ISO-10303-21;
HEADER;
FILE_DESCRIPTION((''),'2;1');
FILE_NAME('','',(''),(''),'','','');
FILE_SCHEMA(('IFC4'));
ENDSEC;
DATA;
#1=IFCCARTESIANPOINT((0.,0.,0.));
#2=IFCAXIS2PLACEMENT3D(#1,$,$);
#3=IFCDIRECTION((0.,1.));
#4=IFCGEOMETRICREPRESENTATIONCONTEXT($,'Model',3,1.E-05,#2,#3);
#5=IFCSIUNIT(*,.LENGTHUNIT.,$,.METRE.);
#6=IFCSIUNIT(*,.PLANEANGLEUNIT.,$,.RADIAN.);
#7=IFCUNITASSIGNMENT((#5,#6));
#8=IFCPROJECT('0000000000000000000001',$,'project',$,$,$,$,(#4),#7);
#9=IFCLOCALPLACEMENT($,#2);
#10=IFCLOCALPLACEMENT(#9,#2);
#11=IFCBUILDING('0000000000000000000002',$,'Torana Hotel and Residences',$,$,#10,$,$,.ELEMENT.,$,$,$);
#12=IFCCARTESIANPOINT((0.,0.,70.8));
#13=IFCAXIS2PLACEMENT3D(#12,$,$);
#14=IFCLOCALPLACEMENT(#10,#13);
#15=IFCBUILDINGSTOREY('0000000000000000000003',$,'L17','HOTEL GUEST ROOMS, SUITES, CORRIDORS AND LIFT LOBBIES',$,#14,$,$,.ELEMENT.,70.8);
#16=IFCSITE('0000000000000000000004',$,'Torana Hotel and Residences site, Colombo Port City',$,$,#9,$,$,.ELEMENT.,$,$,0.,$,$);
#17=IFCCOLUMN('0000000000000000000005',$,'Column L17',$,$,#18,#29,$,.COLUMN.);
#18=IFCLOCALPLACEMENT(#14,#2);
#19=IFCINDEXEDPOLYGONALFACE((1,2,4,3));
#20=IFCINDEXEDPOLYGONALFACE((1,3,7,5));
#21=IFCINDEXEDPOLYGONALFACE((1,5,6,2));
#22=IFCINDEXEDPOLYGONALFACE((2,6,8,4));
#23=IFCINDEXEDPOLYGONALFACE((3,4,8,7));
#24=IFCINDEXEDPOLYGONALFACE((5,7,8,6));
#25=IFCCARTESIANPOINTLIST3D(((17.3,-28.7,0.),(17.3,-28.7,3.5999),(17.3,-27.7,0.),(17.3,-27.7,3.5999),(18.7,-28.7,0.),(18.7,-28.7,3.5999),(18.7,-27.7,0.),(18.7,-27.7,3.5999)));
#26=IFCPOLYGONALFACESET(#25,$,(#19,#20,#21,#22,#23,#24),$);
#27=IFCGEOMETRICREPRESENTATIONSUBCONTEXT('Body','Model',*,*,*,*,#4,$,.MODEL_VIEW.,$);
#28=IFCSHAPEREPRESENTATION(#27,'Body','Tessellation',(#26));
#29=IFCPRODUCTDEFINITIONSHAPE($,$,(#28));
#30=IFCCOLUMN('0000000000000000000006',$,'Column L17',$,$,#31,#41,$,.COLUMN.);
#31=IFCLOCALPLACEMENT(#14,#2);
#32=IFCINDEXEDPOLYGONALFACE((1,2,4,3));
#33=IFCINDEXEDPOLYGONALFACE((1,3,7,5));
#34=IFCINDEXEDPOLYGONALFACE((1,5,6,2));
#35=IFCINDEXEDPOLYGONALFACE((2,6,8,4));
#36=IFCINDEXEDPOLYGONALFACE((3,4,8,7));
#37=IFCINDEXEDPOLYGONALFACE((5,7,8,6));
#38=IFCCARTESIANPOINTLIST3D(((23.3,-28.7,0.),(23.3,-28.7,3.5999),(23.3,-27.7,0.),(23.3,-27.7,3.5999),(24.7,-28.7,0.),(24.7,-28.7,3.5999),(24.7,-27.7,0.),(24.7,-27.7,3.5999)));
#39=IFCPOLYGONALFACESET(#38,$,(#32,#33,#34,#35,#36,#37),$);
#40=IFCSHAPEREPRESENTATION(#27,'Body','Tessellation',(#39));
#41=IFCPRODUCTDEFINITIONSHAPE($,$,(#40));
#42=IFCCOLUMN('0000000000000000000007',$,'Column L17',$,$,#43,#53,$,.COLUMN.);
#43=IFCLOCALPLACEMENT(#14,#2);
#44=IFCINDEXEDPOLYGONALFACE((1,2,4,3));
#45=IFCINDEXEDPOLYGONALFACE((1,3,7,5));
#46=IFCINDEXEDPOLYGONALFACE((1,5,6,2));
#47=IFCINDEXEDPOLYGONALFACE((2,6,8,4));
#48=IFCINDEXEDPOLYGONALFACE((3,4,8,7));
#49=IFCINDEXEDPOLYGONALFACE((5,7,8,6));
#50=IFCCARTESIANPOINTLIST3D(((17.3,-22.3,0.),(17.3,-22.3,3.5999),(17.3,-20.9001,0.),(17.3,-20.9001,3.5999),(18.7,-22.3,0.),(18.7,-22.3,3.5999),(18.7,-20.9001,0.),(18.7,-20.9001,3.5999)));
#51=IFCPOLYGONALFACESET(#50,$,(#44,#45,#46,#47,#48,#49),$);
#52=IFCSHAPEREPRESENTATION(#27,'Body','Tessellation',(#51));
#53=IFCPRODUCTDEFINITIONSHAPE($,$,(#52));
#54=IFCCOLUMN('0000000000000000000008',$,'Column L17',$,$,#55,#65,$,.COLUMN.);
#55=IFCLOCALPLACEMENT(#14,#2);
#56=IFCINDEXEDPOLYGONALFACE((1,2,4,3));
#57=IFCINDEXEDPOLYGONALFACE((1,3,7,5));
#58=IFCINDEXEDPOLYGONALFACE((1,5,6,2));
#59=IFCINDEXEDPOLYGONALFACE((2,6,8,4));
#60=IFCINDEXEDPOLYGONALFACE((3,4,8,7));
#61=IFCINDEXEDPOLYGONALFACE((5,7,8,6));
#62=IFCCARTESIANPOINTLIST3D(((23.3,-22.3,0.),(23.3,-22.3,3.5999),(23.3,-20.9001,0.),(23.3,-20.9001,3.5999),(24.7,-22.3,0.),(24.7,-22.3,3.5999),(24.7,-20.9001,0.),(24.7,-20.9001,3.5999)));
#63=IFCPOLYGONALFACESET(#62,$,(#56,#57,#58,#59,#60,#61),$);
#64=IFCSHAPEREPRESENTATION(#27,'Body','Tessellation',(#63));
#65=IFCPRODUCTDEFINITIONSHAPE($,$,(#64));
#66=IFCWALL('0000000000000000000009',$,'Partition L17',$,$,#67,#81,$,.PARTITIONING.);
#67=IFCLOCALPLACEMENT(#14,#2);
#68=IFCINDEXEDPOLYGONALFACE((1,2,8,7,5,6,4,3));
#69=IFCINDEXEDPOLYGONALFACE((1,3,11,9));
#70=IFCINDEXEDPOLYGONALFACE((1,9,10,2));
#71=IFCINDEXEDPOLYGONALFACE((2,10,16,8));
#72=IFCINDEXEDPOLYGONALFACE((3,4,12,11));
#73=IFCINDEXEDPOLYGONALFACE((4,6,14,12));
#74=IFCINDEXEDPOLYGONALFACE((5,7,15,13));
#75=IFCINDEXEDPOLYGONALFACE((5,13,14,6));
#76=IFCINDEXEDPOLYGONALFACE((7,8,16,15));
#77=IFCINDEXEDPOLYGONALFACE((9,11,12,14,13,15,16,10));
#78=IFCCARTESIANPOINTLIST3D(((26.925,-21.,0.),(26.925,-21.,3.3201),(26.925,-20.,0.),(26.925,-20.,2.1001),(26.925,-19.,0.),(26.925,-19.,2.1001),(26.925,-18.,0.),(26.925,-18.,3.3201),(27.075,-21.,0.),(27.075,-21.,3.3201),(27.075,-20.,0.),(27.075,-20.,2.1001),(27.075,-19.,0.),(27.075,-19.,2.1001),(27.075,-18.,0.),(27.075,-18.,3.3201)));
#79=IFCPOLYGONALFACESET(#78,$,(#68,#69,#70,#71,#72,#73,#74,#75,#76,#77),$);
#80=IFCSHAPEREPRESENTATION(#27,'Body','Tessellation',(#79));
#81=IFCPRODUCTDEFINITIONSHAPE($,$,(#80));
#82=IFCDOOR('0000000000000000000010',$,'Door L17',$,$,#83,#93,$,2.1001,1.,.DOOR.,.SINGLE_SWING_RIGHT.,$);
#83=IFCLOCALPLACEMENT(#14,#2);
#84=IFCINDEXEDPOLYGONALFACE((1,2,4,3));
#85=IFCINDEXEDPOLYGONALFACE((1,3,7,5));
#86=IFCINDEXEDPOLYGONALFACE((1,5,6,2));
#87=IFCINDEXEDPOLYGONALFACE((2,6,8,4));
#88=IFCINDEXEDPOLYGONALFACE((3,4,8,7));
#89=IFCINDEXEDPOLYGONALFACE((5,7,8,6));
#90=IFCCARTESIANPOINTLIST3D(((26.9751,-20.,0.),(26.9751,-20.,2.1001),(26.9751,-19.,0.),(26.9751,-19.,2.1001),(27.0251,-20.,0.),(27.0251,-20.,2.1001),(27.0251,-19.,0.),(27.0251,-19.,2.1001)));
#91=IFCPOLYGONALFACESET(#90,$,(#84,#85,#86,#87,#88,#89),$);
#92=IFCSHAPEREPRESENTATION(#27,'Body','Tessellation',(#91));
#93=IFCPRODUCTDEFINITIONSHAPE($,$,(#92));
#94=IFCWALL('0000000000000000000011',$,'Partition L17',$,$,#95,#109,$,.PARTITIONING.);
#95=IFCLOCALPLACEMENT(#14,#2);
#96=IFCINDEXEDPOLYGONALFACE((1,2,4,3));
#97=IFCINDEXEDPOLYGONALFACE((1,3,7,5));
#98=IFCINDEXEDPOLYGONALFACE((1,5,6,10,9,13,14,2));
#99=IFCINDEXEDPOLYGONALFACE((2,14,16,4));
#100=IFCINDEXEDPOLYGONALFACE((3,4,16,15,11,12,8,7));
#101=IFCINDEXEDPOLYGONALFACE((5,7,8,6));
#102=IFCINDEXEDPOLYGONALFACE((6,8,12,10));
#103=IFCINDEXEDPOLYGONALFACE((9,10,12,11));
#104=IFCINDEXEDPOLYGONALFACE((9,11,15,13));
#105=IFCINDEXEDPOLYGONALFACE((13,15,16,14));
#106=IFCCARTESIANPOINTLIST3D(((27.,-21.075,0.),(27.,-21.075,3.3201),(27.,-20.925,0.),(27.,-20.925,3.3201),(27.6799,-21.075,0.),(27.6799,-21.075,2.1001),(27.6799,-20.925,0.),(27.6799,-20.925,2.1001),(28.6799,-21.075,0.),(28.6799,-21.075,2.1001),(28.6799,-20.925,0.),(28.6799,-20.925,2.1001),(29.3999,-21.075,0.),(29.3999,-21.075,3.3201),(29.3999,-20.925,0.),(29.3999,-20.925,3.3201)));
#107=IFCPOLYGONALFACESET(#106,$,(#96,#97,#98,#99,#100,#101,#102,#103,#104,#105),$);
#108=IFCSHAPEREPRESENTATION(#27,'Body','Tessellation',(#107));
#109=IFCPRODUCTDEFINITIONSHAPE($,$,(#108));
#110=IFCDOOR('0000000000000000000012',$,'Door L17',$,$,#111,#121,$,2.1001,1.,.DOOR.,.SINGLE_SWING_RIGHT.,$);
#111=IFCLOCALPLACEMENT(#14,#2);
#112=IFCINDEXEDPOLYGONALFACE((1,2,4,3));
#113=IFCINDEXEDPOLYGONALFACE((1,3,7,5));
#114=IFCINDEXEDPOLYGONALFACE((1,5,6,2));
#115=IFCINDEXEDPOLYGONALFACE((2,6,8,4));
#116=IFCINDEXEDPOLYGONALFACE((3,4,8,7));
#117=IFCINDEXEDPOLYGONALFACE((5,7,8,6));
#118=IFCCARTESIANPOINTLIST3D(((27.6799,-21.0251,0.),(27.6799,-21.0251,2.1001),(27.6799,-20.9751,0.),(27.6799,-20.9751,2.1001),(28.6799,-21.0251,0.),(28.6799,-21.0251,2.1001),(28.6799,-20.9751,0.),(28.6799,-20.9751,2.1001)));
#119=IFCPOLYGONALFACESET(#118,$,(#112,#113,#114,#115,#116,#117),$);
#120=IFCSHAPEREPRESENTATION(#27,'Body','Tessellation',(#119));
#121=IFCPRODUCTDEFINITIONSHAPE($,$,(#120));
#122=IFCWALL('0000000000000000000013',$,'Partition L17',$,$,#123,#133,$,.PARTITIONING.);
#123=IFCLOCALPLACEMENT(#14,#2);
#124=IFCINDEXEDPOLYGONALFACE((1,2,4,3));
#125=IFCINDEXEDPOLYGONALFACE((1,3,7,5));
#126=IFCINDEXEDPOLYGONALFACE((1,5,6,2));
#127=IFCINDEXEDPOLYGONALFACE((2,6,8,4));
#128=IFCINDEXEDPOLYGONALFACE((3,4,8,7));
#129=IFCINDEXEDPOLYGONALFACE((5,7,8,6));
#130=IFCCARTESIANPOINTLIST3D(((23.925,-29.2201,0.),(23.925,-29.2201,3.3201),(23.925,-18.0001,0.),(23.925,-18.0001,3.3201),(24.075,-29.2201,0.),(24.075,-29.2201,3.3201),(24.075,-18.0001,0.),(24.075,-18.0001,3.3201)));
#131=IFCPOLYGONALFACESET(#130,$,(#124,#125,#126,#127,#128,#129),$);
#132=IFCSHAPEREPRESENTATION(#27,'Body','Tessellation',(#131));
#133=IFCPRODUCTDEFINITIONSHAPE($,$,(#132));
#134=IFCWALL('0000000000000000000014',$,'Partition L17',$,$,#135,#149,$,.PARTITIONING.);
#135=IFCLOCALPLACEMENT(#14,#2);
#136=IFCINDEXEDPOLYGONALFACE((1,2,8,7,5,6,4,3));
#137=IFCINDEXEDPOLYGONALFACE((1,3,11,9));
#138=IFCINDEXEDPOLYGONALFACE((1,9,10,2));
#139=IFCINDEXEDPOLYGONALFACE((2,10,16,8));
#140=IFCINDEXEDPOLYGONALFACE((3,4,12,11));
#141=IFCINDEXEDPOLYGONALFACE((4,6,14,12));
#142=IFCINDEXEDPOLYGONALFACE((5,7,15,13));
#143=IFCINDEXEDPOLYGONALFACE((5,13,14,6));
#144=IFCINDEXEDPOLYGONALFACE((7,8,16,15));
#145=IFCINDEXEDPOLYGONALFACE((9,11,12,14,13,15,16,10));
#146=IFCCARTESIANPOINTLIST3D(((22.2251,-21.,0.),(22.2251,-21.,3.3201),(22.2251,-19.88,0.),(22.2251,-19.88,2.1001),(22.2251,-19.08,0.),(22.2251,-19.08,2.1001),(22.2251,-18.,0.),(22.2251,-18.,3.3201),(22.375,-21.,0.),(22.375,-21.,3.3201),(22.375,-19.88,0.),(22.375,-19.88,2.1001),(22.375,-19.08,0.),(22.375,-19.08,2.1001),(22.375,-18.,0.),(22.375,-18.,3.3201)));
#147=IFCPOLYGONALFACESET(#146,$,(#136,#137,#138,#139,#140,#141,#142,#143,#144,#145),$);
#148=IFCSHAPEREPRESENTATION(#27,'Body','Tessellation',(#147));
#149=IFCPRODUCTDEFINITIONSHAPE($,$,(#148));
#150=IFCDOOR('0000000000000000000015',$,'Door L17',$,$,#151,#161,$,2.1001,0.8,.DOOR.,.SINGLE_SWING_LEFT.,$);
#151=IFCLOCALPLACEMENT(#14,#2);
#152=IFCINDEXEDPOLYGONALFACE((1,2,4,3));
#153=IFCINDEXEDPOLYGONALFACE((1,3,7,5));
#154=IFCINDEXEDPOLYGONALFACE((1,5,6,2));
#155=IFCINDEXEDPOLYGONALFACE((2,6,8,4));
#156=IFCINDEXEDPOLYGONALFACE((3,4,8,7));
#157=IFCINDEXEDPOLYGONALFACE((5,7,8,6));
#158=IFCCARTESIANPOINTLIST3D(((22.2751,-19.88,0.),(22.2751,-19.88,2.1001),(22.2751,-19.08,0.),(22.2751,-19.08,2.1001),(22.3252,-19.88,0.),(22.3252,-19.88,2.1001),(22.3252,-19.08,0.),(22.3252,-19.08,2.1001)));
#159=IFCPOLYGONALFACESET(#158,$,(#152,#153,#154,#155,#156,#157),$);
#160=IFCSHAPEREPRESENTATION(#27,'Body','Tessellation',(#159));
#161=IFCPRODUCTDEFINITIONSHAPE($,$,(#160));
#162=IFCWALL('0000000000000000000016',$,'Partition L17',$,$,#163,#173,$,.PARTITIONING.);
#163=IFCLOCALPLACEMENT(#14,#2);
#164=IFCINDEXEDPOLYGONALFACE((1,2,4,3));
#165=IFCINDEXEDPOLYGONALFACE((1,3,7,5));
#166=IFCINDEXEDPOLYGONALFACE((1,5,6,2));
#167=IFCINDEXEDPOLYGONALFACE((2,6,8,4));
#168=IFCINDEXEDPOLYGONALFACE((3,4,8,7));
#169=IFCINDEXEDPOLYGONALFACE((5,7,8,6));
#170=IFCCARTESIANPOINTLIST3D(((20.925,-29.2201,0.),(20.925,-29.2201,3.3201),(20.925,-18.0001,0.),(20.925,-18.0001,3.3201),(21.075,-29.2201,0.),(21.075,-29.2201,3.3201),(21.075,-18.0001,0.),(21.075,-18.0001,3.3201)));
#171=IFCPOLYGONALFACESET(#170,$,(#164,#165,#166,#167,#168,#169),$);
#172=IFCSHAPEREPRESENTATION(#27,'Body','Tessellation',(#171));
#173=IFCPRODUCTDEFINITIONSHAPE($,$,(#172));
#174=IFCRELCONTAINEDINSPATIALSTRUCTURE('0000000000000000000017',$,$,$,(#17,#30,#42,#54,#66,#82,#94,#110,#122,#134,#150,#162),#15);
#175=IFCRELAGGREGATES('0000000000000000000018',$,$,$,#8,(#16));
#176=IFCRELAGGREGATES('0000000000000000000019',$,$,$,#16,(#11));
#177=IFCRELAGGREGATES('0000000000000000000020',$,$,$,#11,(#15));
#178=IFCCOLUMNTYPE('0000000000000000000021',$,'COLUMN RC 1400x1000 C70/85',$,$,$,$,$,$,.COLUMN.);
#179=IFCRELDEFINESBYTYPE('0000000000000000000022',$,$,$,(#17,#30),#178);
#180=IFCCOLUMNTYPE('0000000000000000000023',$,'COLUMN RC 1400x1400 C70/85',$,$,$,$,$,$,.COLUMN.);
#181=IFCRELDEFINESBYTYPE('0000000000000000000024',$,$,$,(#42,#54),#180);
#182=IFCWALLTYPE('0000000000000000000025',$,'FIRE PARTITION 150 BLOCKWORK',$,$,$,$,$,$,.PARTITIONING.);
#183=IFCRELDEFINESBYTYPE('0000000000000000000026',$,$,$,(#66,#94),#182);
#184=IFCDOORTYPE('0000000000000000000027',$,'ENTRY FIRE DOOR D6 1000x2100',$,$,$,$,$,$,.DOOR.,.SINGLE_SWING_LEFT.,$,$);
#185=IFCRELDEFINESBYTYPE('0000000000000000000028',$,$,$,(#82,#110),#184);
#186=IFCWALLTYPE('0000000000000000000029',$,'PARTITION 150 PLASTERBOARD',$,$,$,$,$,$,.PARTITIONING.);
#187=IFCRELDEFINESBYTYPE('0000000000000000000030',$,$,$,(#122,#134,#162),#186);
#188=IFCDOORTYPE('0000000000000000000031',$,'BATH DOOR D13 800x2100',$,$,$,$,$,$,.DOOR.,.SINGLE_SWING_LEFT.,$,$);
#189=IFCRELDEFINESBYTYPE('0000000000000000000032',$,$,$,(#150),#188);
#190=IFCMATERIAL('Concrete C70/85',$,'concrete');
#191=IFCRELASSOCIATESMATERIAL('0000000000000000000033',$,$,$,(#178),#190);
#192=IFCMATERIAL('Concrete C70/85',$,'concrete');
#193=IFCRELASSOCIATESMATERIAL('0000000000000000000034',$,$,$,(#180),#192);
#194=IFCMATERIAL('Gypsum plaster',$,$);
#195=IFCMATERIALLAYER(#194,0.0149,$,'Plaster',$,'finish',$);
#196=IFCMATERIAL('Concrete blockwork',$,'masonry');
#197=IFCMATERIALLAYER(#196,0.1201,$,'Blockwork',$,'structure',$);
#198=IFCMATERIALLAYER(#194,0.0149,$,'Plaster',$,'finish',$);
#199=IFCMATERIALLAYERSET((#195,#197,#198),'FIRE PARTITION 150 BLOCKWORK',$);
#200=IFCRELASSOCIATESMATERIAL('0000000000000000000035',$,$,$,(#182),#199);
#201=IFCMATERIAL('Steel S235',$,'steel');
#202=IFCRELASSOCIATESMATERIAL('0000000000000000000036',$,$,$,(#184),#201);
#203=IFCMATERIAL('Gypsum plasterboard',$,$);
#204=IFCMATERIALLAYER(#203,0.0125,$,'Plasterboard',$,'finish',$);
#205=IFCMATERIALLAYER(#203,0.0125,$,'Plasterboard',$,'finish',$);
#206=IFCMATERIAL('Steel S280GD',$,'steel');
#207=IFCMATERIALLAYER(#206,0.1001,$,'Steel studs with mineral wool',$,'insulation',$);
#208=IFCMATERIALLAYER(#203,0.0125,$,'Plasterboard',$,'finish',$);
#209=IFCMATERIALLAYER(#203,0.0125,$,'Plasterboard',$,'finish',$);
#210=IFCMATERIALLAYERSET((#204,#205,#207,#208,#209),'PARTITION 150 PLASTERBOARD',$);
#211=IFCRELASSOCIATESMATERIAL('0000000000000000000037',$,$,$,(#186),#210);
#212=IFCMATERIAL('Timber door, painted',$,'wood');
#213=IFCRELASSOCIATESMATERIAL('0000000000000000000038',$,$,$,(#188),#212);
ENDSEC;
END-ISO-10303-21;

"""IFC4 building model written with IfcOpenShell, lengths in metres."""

from ifc_helpers import new_model, si_unit, direction, frame, frame_2d, origin, origin_2d, place, context, subcontext, project, spatial, rectangle, extrude, material, layer, layer_set, material_profile, profile_set, type_object, element, fill, save


model = new_model("IFC4")

# Units and contexts
model_context = context("Model", 3, precision=1e-05, world=origin(), true_north=direction((0.0, 1.0)))
body_context = subcontext(model_context, "Body", "Model", "MODEL_VIEW")
ifc_project = project(units=[si_unit("LENGTHUNIT", "METRE"), si_unit("PLANEANGLEUNIT", "RADIAN")], contexts=[model_context])

# Site, building, storey
site_placement = place(None, origin())
site = spatial("IfcSite", under=ifc_project, at=site_placement, Name="Torana Hotel and Residences site, Colombo Port City", CompositionType="ELEMENT", RefElevation=0.0)
building_placement = place(site_placement, origin())
building = spatial("IfcBuilding", under=site, at=building_placement, Name="Torana Hotel and Residences", CompositionType="ELEMENT")
storey_placement = place(building_placement, frame((0.0, 0.0, 70.8)))
storey = spatial("IfcBuildingStorey", under=building, at=storey_placement, Name="L17", Description="HOTEL GUEST ROOMS, SUITES, CORRIDORS AND LIFT LOBBIES", CompositionType="ELEMENT", Elevation=70.8)

# Columns
ifc_material_1 = material(Name="Concrete C70/85", Category="concrete")
ifc_material_profile_1 = material_profile(ifc_material_1, rectangle(XDim=1.3999, YDim=1.0, at=origin_2d()), Name="RC 1400x1000")
ifc_profile_set_1 = profile_set([ifc_material_profile_1], Name="Concrete C70/85")
column_type_1 = type_object("IfcColumnType", Name="COLUMN RC 1400x1000 C70/85", PredefinedType="COLUMN", material=ifc_profile_set_1)
for number, where, z_axis, x_axis, name in (
    (1, (18.0, -28.2, 0.0), (0.0, 0.0, 1.0), (1.0, 0.0, 0.0), "Column L17"),
    (2, (24.0, -28.2, 0.0), (0.0, 0.0, 1.0), (1.0, 0.0, 0.0), "Column L17"),
):
    element("IfcColumn", number, at=place(storey_placement, frame(where, z_axis=z_axis, x_axis=x_axis)), inside=storey, type_object=column_type_1, Name=name, PredefinedType="COLUMN", context=body_context, shape_type="SweptSolid", body=[
        extrude(rectangle(XDim=1.3999, YDim=1.0, at=origin_2d()), origin(), (0.0, 0.0, 1.0), 3.5999),
    ])
ifc_material_2 = material(Name="Concrete C70/85", Category="concrete")
ifc_material_profile_2 = material_profile(ifc_material_2, rectangle(XDim=1.3999, YDim=1.3999, at=origin_2d()), Name="RC 1400x1400")
ifc_profile_set_2 = profile_set([ifc_material_profile_2], Name="Concrete C70/85")
column_type_2 = type_object("IfcColumnType", Name="COLUMN RC 1400x1400 C70/85", PredefinedType="COLUMN", material=ifc_profile_set_2)
for number, where, z_axis, x_axis, name in (
    (3, (18.0, -21.6001, 0.0), (0.0, 0.0, 1.0), (1.0, 0.0, 0.0), "Column L17"),
    (4, (24.0, -21.6001, 0.0), (0.0, 0.0, 1.0), (1.0, 0.0, 0.0), "Column L17"),
):
    element("IfcColumn", number, at=place(storey_placement, frame(where, z_axis=z_axis, x_axis=x_axis)), inside=storey, type_object=column_type_2, Name=name, PredefinedType="COLUMN", context=body_context, shape_type="SweptSolid", body=[
        extrude(rectangle(XDim=1.3999, YDim=1.3999, at=origin_2d()), origin(), (0.0, 0.0, 1.0), 3.5999),
    ])

# Walls, openings, doors
ifc_material_3 = material(Name="Gypsum plaster")
ifc_layer_1 = layer(ifc_material_3, 0.0149, Name="Plaster", Category="finish")
ifc_material_4 = material(Name="Concrete blockwork", Category="masonry")
ifc_layer_2 = layer(ifc_material_4, 0.1201, Name="Blockwork", Category="structure")
ifc_layer_3 = layer(ifc_material_3, 0.0149, Name="Plaster", Category="finish")
ifc_layer_set_1 = layer_set([ifc_layer_1, ifc_layer_2, ifc_layer_3], Name="FIRE PARTITION 150 BLOCKWORK")
wall_type_1 = type_object("IfcWallType", Name="FIRE PARTITION 150 BLOCKWORK", PredefinedType="PARTITIONING", material=ifc_layer_set_1)
wall_1_placement = place(storey_placement, frame((27.0, -21.0, 0.0), z_axis=(0.0, 0.0, 1.0), x_axis=(0.0, 1.0, 0.0)))
wall_1 = element("IfcWall", 5, at=wall_1_placement, inside=storey, type_object=wall_type_1, Name="Partition L17", PredefinedType="PARTITIONING", context=body_context, shape_type="SweptSolid", body=[
    extrude(rectangle(XDim=3.0, YDim=0.1499, at=frame_2d((1.5, 0.0))), origin(), (0.0, 0.0, 1.0), 3.3201),
])
opening_1_placement = place(wall_1_placement, frame((1.0, 0.0, 0.0)))
opening_1 = element("IfcOpeningElement", 6, at=opening_1_placement, cuts=wall_1, PredefinedType="OPENING", context=body_context, shape_type="SweptSolid", body=[
    extrude(rectangle(XDim=1.0, YDim=2.1001, at=frame_2d((0.5, 1.05))), frame((0.0, 0.085, 0.0), z_axis=(0.0, -1.0, 0.0), x_axis=(1.0, 0.0, 0.0)), (0.0, 0.0, 1.0), 0.1699),
])
ifc_material_5 = material(Name="Steel S235", Category="steel")
door_type_1 = type_object("IfcDoorType", Name="ENTRY FIRE DOOR D6 1000x2100", OperationType="SINGLE_SWING_LEFT", PredefinedType="DOOR", material=ifc_material_5)
door_1_placement = place(opening_1_placement, origin())
door_1 = element("IfcDoor", 7, at=door_1_placement, inside=storey, type_object=door_type_1, Name="Door L17", OperationType="SINGLE_SWING_RIGHT", OverallHeight=2.1001, OverallWidth=1.0, PredefinedType="DOOR", context=body_context, shape_type="SweptSolid", body=[
    extrude(rectangle(XDim=1.0, YDim=2.1001, at=frame_2d((0.5, 1.05))), frame((0.0, 0.0249, 0.0), z_axis=(0.0, -1.0, 0.0), x_axis=(1.0, 0.0, 0.0)), (0.0, 0.0, 1.0), 0.05),
])
fill(opening_1, door_1)
wall_2_placement = place(storey_placement, frame((27.0, -21.0, 0.0), z_axis=(0.0, 0.0, 1.0), x_axis=(1.0, 0.0, 0.0)))
wall_2 = element("IfcWall", 8, at=wall_2_placement, inside=storey, type_object=wall_type_1, Name="Partition L17", PredefinedType="PARTITIONING", context=body_context, shape_type="SweptSolid", body=[
    extrude(rectangle(XDim=2.3999, YDim=0.1499, at=frame_2d((1.2, 0.0))), origin(), (0.0, 0.0, 1.0), 3.3201),
])
opening_2_placement = place(wall_2_placement, frame((0.6799, 0.0, 0.0)))
opening_2 = element("IfcOpeningElement", 9, at=opening_2_placement, cuts=wall_2, PredefinedType="OPENING", context=body_context, shape_type="SweptSolid", body=[
    extrude(rectangle(XDim=1.0, YDim=2.1001, at=frame_2d((0.5, 1.05))), frame((0.0, 0.085, 0.0), z_axis=(0.0, -1.0, 0.0), x_axis=(1.0, 0.0, 0.0)), (0.0, 0.0, 1.0), 0.1699),
])
door_2_placement = place(opening_2_placement, frame((0.5, 0.0, 0.0), z_axis=(0.0, 0.0, 1.0), x_axis=(-1.0, 0.0, 0.0)))
door_2 = element("IfcDoor", 10, at=door_2_placement, inside=storey, type_object=door_type_1, Name="Door L17", OperationType="SINGLE_SWING_RIGHT", OverallHeight=2.1001, OverallWidth=1.0, PredefinedType="DOOR", context=body_context, shape_type="SweptSolid", body=[
    extrude(rectangle(XDim=1.0, YDim=2.1001, at=frame_2d((0.0, 1.05))), frame((0.0, -0.0249, 0.0), z_axis=(0.0, 1.0, 0.0), x_axis=(-1.0, 0.0, 0.0)), (0.0, 0.0, 1.0), 0.05),
])
fill(opening_2, door_2)

# Wall
ifc_material_6 = material(Name="Gypsum plasterboard")
ifc_layer_4 = layer(ifc_material_6, 0.0125, Name="Plasterboard", Category="finish")
ifc_layer_5 = layer(ifc_material_6, 0.0125, Name="Plasterboard", Category="finish")
ifc_material_7 = material(Name="Steel S280GD", Category="steel")
ifc_layer_6 = layer(ifc_material_7, 0.1001, Name="Steel studs with mineral wool", Category="insulation")
ifc_layer_7 = layer(ifc_material_6, 0.0125, Name="Plasterboard", Category="finish")
ifc_layer_8 = layer(ifc_material_6, 0.0125, Name="Plasterboard", Category="finish")
ifc_layer_set_2 = layer_set([ifc_layer_4, ifc_layer_5, ifc_layer_6, ifc_layer_7, ifc_layer_8], Name="PARTITION 150 PLASTERBOARD")
wall_type_2 = type_object("IfcWallType", Name="PARTITION 150 PLASTERBOARD", PredefinedType="PARTITIONING", material=ifc_layer_set_2)
wall_3_placement = place(storey_placement, frame((24.0, -29.22, 0.0), z_axis=(0.0, 0.0, 1.0), x_axis=(0.0, 1.0, 0.0)))
element("IfcWall", 11, at=wall_3_placement, inside=storey, type_object=wall_type_2, Name="Partition L17", PredefinedType="PARTITIONING", context=body_context, shape_type="SweptSolid", body=[
    extrude(rectangle(XDim=11.22, YDim=0.1499, at=frame_2d((5.6099, 0.0))), origin(), (0.0, 0.0, 1.0), 3.3201),
])

# Wall, opening, door
wall_4_placement = place(storey_placement, frame((22.3, -21.0, 0.0), z_axis=(0.0, 0.0, 1.0), x_axis=(0.0, 1.0, 0.0)))
wall_4 = element("IfcWall", 12, at=wall_4_placement, inside=storey, type_object=wall_type_2, Name="Partition L17", PredefinedType="PARTITIONING", context=body_context, shape_type="SweptSolid", body=[
    extrude(rectangle(XDim=3.0, YDim=0.1499, at=frame_2d((1.5, 0.0))), origin(), (0.0, 0.0, 1.0), 3.3201),
])
opening_3_placement = place(wall_4_placement, frame((1.1201, 0.0, 0.0)))
opening_3 = element("IfcOpeningElement", 13, at=opening_3_placement, cuts=wall_4, PredefinedType="OPENING", context=body_context, shape_type="SweptSolid", body=[
    extrude(rectangle(XDim=0.8, YDim=2.1001, at=frame_2d((0.3999, 1.05))), frame((0.0, 0.085, 0.0), z_axis=(0.0, -1.0, 0.0), x_axis=(1.0, 0.0, 0.0)), (0.0, 0.0, 1.0), 0.1699),
])
ifc_material_8 = material(Name="Timber door, painted", Category="wood")
door_type_2 = type_object("IfcDoorType", Name="BATH DOOR D13 800x2100", OperationType="SINGLE_SWING_LEFT", PredefinedType="DOOR", material=ifc_material_8)
door_3_placement = place(opening_3_placement, origin())
door_3 = element("IfcDoor", 14, at=door_3_placement, inside=storey, type_object=door_type_2, Name="Door L17", OperationType="SINGLE_SWING_LEFT", OverallHeight=2.1001, OverallWidth=0.8, PredefinedType="DOOR", context=body_context, shape_type="SweptSolid", body=[
    extrude(rectangle(XDim=0.8, YDim=2.1001, at=frame_2d((0.3999, 1.05))), frame((0.0, 0.0249, 0.0), z_axis=(0.0, -1.0, 0.0), x_axis=(1.0, 0.0, 0.0)), (0.0, 0.0, 1.0), 0.05),
])
fill(opening_3, door_3)

# Wall
wall_5_placement = place(storey_placement, frame((21.0, -29.22, 0.0), z_axis=(0.0, 0.0, 1.0), x_axis=(0.0, 1.0, 0.0)))
element("IfcWall", 15, at=wall_5_placement, inside=storey, type_object=wall_type_2, Name="Partition L17", PredefinedType="PARTITIONING", context=body_context, shape_type="SweptSolid", body=[
    extrude(rectangle(XDim=11.22, YDim=0.1499, at=frame_2d((5.6099, 0.0))), origin(), (0.0, 0.0, 1.0), 3.3201),
])

save(model, "model.ifc")
